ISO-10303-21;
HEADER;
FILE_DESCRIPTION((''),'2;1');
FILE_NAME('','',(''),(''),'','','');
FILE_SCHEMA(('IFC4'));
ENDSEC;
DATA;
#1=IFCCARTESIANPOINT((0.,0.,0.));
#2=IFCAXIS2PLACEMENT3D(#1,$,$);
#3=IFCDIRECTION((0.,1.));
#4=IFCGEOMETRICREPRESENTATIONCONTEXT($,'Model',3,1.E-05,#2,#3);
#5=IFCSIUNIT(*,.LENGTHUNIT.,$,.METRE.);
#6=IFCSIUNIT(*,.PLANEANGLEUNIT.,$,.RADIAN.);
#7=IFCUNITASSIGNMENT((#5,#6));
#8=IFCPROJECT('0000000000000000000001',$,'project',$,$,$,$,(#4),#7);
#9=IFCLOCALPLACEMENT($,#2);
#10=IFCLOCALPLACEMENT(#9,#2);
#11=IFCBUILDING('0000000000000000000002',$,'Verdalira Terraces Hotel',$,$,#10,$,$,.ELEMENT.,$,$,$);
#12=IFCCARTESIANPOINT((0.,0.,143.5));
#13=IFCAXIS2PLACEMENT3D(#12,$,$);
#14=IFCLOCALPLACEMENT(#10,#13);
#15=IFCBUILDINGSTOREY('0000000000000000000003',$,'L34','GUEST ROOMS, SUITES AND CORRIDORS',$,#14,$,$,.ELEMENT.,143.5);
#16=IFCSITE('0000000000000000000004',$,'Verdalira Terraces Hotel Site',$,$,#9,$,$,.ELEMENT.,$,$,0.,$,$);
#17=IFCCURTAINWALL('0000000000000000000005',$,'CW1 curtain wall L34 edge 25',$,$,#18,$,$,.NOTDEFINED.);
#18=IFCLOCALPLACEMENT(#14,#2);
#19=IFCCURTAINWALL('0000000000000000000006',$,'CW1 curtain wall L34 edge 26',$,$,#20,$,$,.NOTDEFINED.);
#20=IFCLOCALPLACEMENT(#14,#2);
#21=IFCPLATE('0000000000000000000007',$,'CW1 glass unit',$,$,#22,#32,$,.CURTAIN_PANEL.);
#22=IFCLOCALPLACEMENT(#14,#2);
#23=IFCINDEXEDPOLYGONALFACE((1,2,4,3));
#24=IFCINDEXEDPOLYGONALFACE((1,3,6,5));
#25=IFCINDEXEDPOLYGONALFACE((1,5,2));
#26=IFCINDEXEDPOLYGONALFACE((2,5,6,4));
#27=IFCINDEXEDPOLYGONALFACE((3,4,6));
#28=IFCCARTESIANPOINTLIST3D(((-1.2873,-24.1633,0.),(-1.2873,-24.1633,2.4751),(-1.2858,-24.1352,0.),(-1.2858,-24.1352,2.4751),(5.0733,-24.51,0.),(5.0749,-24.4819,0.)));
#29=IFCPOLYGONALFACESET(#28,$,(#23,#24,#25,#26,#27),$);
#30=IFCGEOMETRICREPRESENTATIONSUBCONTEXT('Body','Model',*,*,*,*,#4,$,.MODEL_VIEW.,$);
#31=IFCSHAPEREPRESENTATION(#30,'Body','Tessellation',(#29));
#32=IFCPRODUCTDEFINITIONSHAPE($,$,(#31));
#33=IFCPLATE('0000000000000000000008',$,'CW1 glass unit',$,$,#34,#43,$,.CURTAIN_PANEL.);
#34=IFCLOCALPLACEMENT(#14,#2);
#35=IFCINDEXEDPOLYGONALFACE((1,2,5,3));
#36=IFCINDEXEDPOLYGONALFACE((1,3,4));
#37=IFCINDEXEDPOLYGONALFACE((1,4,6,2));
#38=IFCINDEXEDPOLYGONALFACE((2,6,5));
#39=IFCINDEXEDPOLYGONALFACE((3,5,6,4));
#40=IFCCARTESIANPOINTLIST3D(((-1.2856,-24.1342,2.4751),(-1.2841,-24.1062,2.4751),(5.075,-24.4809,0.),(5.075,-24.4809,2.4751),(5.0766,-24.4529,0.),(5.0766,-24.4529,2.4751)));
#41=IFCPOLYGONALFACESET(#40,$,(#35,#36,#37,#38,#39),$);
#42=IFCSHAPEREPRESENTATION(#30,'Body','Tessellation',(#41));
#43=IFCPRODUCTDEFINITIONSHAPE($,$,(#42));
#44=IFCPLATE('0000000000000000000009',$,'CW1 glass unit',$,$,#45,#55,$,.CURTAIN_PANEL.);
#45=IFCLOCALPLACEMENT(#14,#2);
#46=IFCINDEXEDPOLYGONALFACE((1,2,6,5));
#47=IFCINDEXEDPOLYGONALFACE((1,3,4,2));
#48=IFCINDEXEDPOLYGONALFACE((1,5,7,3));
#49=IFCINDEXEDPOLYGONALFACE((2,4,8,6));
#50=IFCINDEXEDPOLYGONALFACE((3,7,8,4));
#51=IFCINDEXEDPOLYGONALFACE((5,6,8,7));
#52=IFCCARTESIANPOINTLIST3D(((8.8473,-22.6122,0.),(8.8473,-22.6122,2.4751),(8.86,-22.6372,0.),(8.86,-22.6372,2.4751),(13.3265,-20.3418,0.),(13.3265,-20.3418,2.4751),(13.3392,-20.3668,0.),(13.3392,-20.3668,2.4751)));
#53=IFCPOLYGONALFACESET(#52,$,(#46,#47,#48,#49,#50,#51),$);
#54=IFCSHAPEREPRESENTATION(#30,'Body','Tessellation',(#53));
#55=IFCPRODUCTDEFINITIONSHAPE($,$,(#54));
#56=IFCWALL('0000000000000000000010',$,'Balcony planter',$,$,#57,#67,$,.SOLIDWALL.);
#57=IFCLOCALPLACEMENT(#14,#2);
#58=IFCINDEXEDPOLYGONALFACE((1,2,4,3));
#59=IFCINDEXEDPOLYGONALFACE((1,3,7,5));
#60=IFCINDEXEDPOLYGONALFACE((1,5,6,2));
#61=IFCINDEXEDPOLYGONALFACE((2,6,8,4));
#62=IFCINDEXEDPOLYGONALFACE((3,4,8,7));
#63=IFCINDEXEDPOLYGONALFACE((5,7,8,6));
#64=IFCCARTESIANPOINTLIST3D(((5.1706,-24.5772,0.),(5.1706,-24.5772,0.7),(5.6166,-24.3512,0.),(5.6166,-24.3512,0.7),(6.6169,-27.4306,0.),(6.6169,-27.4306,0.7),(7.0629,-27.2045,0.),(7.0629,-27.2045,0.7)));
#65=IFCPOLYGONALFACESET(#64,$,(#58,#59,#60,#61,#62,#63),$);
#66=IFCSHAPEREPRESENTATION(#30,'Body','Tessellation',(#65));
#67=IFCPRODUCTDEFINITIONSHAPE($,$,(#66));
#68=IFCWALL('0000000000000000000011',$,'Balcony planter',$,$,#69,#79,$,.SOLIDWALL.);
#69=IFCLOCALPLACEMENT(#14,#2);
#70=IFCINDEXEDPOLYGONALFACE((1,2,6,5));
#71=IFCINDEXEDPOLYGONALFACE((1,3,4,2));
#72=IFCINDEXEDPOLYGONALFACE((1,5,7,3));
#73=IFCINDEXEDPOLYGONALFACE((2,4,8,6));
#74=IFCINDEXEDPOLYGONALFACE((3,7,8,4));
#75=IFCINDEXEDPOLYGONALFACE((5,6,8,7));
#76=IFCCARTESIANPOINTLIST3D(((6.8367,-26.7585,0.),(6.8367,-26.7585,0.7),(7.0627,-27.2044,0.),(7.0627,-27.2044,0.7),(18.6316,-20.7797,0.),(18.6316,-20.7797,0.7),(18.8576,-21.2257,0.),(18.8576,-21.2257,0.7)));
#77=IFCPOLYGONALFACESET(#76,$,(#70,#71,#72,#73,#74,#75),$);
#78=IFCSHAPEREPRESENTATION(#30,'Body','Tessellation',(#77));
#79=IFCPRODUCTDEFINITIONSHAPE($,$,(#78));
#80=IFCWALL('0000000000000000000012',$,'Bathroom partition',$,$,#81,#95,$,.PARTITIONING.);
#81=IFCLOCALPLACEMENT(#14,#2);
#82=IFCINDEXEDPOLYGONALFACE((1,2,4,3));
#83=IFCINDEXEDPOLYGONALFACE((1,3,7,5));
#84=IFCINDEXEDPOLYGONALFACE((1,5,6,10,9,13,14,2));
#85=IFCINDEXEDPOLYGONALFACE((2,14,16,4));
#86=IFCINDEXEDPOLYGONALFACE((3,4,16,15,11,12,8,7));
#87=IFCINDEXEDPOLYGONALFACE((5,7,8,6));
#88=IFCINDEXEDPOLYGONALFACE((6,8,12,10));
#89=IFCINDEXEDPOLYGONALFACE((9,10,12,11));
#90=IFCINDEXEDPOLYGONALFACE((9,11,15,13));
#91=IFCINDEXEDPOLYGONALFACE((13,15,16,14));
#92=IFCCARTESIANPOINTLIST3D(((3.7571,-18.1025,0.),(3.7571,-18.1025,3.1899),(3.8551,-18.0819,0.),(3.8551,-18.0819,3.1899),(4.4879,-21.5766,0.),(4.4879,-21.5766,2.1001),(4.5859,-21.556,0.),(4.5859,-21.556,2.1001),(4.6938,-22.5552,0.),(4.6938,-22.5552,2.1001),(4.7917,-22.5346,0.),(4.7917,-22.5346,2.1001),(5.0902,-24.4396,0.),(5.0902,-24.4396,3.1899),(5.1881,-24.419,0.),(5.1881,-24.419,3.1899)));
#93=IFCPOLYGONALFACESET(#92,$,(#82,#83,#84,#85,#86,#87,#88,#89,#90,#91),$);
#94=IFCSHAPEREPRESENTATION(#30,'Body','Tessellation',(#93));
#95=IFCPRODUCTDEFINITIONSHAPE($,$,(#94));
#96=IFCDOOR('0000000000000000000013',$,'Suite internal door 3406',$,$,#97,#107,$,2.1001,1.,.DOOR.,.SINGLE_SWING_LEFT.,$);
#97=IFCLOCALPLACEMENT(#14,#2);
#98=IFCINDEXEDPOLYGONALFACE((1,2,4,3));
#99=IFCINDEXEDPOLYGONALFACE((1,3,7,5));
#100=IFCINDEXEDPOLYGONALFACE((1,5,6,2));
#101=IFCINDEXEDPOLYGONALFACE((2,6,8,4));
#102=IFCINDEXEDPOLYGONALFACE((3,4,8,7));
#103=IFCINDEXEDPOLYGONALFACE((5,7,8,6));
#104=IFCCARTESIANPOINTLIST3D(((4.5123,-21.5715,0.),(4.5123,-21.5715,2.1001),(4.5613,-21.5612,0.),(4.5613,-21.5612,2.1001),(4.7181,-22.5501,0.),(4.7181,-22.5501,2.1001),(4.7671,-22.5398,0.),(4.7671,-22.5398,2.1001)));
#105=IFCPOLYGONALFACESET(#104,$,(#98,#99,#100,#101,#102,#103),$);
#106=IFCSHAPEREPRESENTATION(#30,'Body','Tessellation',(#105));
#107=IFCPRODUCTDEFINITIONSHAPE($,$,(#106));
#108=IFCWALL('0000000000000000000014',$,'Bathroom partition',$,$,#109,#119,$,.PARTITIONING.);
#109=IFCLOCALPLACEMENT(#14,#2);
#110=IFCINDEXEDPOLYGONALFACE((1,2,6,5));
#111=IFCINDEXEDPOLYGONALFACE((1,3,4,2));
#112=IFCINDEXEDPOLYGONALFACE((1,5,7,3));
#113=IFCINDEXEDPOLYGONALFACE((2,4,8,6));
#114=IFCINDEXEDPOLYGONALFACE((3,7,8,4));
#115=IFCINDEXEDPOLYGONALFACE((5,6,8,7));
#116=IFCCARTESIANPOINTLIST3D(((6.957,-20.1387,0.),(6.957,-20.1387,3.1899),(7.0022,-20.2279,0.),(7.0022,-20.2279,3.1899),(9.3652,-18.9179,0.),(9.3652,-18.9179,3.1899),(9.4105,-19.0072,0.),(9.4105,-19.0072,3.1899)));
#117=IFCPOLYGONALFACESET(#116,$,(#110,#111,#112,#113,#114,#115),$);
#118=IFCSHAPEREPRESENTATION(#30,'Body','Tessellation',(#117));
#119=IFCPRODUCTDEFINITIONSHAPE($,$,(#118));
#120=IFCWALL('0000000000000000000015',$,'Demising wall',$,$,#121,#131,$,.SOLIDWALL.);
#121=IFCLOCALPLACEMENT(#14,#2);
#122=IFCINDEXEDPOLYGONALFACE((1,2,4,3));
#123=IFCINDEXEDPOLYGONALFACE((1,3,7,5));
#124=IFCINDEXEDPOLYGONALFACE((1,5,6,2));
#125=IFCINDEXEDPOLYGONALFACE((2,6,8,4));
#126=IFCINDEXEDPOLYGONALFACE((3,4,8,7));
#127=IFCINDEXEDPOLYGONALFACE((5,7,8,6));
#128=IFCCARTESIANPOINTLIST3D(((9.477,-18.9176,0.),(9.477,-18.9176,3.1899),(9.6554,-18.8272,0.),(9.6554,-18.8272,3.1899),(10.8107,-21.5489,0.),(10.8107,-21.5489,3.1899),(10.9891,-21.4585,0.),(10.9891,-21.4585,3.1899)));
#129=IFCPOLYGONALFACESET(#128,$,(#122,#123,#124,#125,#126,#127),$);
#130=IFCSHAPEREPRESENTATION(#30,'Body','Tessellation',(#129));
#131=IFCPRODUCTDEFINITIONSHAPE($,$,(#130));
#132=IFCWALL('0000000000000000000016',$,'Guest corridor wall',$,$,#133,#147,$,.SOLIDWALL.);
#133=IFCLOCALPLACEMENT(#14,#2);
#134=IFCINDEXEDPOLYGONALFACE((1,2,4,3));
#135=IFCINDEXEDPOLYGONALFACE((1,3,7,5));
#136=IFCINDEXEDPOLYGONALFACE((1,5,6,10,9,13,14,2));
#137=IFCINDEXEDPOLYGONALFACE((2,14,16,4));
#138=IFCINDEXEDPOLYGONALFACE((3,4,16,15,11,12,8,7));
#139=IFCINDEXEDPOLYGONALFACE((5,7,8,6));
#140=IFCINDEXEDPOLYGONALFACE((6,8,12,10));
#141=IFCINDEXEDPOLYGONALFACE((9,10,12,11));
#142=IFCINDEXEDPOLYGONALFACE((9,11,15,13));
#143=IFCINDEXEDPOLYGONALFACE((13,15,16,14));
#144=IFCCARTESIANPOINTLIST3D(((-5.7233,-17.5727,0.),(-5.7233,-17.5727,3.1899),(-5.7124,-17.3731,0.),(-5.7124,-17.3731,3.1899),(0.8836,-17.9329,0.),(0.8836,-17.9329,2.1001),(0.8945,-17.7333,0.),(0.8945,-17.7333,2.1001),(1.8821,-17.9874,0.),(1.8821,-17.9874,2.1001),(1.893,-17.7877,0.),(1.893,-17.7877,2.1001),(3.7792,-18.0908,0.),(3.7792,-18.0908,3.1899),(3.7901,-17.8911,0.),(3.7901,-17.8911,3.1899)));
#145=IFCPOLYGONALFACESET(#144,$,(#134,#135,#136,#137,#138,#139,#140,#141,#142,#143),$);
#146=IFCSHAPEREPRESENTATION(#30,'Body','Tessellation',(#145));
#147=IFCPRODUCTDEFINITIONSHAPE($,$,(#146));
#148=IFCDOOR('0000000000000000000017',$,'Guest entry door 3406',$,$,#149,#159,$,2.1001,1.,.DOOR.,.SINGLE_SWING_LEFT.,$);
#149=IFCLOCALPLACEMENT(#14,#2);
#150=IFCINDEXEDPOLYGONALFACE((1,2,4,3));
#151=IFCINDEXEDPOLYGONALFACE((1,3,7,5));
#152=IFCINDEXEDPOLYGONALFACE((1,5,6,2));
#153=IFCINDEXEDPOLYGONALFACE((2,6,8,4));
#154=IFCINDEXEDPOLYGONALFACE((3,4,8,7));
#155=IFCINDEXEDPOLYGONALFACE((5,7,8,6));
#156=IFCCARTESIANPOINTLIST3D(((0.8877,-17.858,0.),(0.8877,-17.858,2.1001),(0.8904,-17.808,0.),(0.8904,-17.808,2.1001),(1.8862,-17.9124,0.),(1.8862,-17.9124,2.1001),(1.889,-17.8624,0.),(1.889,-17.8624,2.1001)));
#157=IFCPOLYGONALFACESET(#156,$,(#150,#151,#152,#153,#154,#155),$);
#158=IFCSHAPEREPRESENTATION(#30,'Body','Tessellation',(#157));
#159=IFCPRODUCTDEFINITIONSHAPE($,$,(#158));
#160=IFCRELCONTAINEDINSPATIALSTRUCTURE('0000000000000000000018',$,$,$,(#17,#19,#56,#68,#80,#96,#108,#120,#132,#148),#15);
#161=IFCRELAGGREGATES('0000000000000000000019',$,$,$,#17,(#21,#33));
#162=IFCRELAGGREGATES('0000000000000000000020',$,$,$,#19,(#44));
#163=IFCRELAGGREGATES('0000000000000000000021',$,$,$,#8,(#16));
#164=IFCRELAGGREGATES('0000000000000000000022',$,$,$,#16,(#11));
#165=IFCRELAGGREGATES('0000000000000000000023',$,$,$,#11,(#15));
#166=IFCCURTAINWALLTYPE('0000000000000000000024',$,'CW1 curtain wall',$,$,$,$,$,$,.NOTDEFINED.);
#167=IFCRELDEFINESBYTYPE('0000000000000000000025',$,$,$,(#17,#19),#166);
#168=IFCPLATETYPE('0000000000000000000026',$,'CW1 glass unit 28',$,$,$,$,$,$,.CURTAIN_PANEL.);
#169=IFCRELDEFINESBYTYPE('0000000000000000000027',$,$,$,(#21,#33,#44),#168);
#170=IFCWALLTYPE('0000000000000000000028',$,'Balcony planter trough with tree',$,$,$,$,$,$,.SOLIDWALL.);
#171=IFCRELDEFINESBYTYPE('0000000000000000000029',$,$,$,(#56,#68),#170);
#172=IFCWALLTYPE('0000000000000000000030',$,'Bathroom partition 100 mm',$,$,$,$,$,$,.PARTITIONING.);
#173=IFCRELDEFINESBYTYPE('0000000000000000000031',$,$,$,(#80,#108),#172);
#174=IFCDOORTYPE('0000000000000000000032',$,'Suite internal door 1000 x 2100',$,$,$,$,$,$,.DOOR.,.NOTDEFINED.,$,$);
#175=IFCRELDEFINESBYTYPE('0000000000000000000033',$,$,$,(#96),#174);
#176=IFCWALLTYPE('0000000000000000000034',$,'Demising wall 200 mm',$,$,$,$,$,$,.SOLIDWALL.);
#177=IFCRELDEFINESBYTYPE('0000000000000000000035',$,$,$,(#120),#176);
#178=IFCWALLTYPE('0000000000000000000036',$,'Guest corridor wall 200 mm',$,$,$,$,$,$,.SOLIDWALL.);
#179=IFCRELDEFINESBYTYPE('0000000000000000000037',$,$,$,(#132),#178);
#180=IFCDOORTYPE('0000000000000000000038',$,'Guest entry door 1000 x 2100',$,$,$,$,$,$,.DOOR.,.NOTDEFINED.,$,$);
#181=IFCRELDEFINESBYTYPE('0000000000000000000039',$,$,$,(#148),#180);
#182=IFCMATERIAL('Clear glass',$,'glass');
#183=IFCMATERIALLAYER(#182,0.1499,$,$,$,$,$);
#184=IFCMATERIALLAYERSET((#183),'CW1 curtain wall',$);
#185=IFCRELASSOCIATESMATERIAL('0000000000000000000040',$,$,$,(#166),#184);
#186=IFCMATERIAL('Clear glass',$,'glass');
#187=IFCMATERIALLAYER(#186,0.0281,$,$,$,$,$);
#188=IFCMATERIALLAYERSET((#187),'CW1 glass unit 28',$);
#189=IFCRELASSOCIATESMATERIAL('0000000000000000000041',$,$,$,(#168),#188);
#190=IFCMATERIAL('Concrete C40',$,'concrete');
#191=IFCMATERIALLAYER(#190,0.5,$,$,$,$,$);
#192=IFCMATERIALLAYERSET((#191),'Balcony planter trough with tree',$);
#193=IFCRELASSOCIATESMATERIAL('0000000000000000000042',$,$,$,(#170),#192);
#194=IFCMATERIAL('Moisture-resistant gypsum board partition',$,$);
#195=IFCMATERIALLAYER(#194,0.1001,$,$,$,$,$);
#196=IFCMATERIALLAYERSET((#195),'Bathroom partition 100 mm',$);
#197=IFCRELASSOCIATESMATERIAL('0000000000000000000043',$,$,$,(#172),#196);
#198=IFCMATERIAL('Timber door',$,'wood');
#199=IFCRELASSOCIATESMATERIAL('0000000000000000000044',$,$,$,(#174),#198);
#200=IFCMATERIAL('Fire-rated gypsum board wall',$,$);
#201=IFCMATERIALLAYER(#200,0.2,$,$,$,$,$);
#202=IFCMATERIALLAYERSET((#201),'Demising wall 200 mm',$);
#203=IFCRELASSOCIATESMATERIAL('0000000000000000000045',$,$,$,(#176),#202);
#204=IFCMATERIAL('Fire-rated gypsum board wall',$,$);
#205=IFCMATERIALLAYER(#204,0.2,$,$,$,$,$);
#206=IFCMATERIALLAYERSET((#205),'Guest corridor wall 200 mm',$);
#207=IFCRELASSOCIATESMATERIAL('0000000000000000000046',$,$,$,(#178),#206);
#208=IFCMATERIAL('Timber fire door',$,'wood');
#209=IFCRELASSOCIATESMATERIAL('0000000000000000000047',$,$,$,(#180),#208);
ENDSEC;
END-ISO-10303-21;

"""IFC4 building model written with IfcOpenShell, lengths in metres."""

from ifc_helpers import new_model, si_unit, direction, frame, frame_2d, origin, origin_2d, place, context, subcontext, project, spatial, polyline, rectangle, outline, extrude, material, layer, layer_set, type_object, element, fill, aggregate, save


model = new_model("IFC4")

# Units and contexts
model_context = context("Model", 3, precision=1e-05, world=origin(), true_north=direction((0.0, 1.0)))
body_context = subcontext(model_context, "Body", "Model", "MODEL_VIEW")
ifc_project = project(units=[si_unit("LENGTHUNIT", "METRE"), si_unit("PLANEANGLEUNIT", "RADIAN")], contexts=[model_context])

# Site, building, storey
site_placement = place(None, origin())
site = spatial("IfcSite", under=ifc_project, at=site_placement, Name="Verdalira Terraces Hotel Site", CompositionType="ELEMENT", RefElevation=0.0)
building_placement = place(site_placement, origin())
building = spatial("IfcBuilding", under=site, at=building_placement, Name="Verdalira Terraces Hotel", CompositionType="ELEMENT")
storey_placement = place(building_placement, frame((0.0, 0.0, 143.5)))
storey = spatial("IfcBuildingStorey", under=building, at=storey_placement, Name="L34", Description="GUEST ROOMS, SUITES AND CORRIDORS", CompositionType="ELEMENT", Elevation=143.5)

# Curtain wall
ifc_material_1 = material(Name="Clear glass", Category="glass")
ifc_layer_1 = layer(ifc_material_1, 0.1499)
ifc_layer_set_1 = layer_set([ifc_layer_1], Name="CW1 curtain wall")
curtain_wall_type = type_object("IfcCurtainWallType", Name="CW1 curtain wall", PredefinedType="NOTDEFINED", material=ifc_layer_set_1)
curtain_wall_1_placement = place(storey_placement, origin())
curtain_wall_1 = element("IfcCurtainWall", 1, at=curtain_wall_1_placement, inside=storey, type_object=curtain_wall_type, Name="CW1 curtain wall L34 edge 25", PredefinedType="NOTDEFINED")

# Curtain wall
curtain_wall_2_placement = place(storey_placement, origin())
curtain_wall_2 = element("IfcCurtainWall", 2, at=curtain_wall_2_placement, inside=storey, type_object=curtain_wall_type, Name="CW1 curtain wall L34 edge 26", PredefinedType="NOTDEFINED")

# Plates
ifc_material_2 = material(Name="Clear glass", Category="glass")
ifc_layer_2 = layer(ifc_material_2, 0.0281)
ifc_layer_set_2 = layer_set([ifc_layer_2], Name="CW1 glass unit 28")
plate_type = type_object("IfcPlateType", Name="CW1 glass unit 28", PredefinedType="CURTAIN_PANEL", material=ifc_layer_set_2)
plate_1_placement = place(storey_placement, frame((1.8945, -24.3086, 1.2375), z_axis=(-0.054427, -0.998518, 0.0), x_axis=(0.998518, -0.054427, 0.0)))
plate_1 = element("IfcPlate", 3, at=plate_1_placement, type_object=plate_type, Name="CW1 glass unit", PredefinedType="CURTAIN_PANEL", context=body_context, shape_type="SweptSolid", body=[
    extrude(outline(polyline([(-3.1851, -1.2375), (3.1851, -1.2375), (-3.1851, 1.2375), (-3.1851, -1.2375)])), origin(), (0.0, 0.0, 1.0), 0.0281),
])
plate_2_placement = place(storey_placement, frame((1.8962, -24.2795, 1.2375), z_axis=(-0.054427, -0.998518, 0.0), x_axis=(0.998518, -0.054427, 0.0)))
plate_2 = element("IfcPlate", 4, at=plate_2_placement, type_object=plate_type, Name="CW1 glass unit", PredefinedType="CURTAIN_PANEL", context=body_context, shape_type="SweptSolid", body=[
    extrude(outline(polyline([(3.1851, -1.2375), (3.1851, 1.2375), (-3.1851, 1.2375), (3.1851, -1.2375)])), origin(), (0.0, 0.0, 1.0), 0.0281),
])
aggregate(curtain_wall_1, [plate_1, plate_2])
plate_3_placement = place(storey_placement, frame((11.0933, -21.4895, 0.0), z_axis=(0.0, 0.0, 1.0), x_axis=(0.891955, 0.452123, 0.0)))
plate_3 = element("IfcPlate", 5, at=plate_3_placement, type_object=plate_type, Name="CW1 glass unit", PredefinedType="CURTAIN_PANEL", context=body_context, shape_type="SweptSolid", body=[
    extrude(rectangle(XDim=5.0217, YDim=0.0281, at=origin_2d()), origin(), (0.0, 0.0, 1.0), 2.4751),
])
aggregate(curtain_wall_2, [plate_3])

# Walls
ifc_material_3 = material(Name="Concrete C40", Category="concrete")
ifc_layer_3 = layer(ifc_material_3, 0.5)
ifc_layer_set_3 = layer_set([ifc_layer_3], Name="Balcony planter trough with tree")
wall_type_1 = type_object("IfcWallType", Name="Balcony planter trough with tree", PredefinedType="SOLIDWALL", material=ifc_layer_set_3)
wall_1_placement = place(storey_placement, frame((5.3936, -24.4641, 0.0), z_axis=(0.0, 0.0, 1.0), x_axis=(0.452122, -0.891956, 0.0)))
element("IfcWall", 6, at=wall_1_placement, inside=storey, type_object=wall_type_1, Name="Balcony planter", PredefinedType="SOLIDWALL", context=body_context, shape_type="SweptSolid", body=[
    extrude(rectangle(XDim=3.199, YDim=0.5, at=frame_2d((1.5996, 0.0))), origin(), (0.0, 0.0, 1.0), 0.7),
])
wall_2_placement = place(storey_placement, frame((6.9497, -26.9814, 0.0), z_axis=(0.0, 0.0, 1.0), x_axis=(0.891954, 0.452125, 0.0)))
element("IfcWall", 7, at=wall_2_placement, inside=storey, type_object=wall_type_1, Name="Balcony planter", PredefinedType="SOLIDWALL", context=body_context, shape_type="SweptSolid", body=[
    extrude(rectangle(XDim=13.2236, YDim=0.5, at=frame_2d((6.6118, 0.0))), origin(), (0.0, 0.0, 1.0), 0.7),
])

# Wall, opening, door
ifc_material_4 = material(Name="Moisture-resistant gypsum board partition")
ifc_layer_4 = layer(ifc_material_4, 0.1001)
ifc_layer_set_4 = layer_set([ifc_layer_4], Name="Bathroom partition 100 mm")
wall_type_2 = type_object("IfcWallType", Name="Bathroom partition 100 mm", PredefinedType="PARTITIONING", material=ifc_layer_set_4)
wall_3_placement = place(storey_placement, frame((3.8062, -18.0923, 0.0), z_axis=(0.0, 0.0, 1.0), x_axis=(0.205843, -0.978585, 0.0)))
wall_3 = element("IfcWall", 8, at=wall_3_placement, inside=storey, type_object=wall_type_2, Name="Bathroom partition", PredefinedType="PARTITIONING", context=body_context, shape_type="SweptSolid", body=[
    extrude(rectangle(XDim=6.4758, YDim=0.1001, at=frame_2d((3.2378, 0.0))), origin(), (0.0, 0.0, 1.0), 3.1899),
])
opening_1_placement = place(wall_3_placement, frame((3.55, 0.0, 0.0)))
opening_1 = element("IfcOpeningElement", 9, at=opening_1_placement, cuts=wall_3, PredefinedType="OPENING", context=body_context, shape_type="SweptSolid", body=[
    extrude(rectangle(XDim=1.0, YDim=2.1001, at=frame_2d((0.5, 1.05))), frame((0.0, 0.0601, 0.0), z_axis=(0.0, -1.0, 0.0), x_axis=(1.0, 0.0, 0.0)), (0.0, 0.0, 1.0), 0.1201),
])
ifc_material_5 = material(Name="Timber door", Category="wood")
door_type_1 = type_object("IfcDoorType", Name="Suite internal door 1000 x 2100", OperationType="NOTDEFINED", PredefinedType="DOOR", material=ifc_material_5)
door_1_placement = place(opening_1_placement, origin())
door_1 = element("IfcDoor", 10, at=door_1_placement, inside=storey, type_object=door_type_1, Name="Suite internal door 3406", OperationType="SINGLE_SWING_LEFT", OverallHeight=2.1001, OverallWidth=1.0, PredefinedType="DOOR", context=body_context, shape_type="SweptSolid", body=[
    extrude(rectangle(XDim=1.0, YDim=2.1001, at=frame_2d((0.5, 1.05))), frame((0.0, 0.0249, 0.0), z_axis=(0.0, -1.0, 0.0), x_axis=(1.0, 0.0, 0.0)), (0.0, 0.0, 1.0), 0.05),
])
fill(opening_1, door_1)

# Walls
wall_4_placement = place(storey_placement, frame((6.9795, -20.1834, 0.0), z_axis=(0.0, 0.0, 1.0), x_axis=(0.891954, 0.452126, 0.0)))
element("IfcWall", 11, at=wall_4_placement, inside=storey, type_object=wall_type_2, Name="Bathroom partition", PredefinedType="PARTITIONING", context=body_context, shape_type="SweptSolid", body=[
    extrude(rectangle(XDim=2.7, YDim=0.1001, at=frame_2d((1.3501, 0.0))), origin(), (0.0, 0.0, 1.0), 3.1899),
])
ifc_material_6 = material(Name="Fire-rated gypsum board wall")
ifc_layer_5 = layer(ifc_material_6, 0.2)
ifc_layer_set_5 = layer_set([ifc_layer_5], Name="Demising wall 200 mm")
wall_type_3 = type_object("IfcWallType", Name="Demising wall 200 mm", PredefinedType="SOLIDWALL", material=ifc_layer_set_5)
wall_5_placement = place(storey_placement, frame((9.5662, -18.8723, 0.0), z_axis=(0.0, 0.0, 1.0), x_axis=(0.452106, -0.891964, 0.0)))
element("IfcWall", 12, at=wall_5_placement, inside=storey, type_object=wall_type_3, Name="Demising wall", PredefinedType="SOLIDWALL", context=body_context, shape_type="SweptSolid", body=[
    extrude(rectangle(XDim=2.95, YDim=0.2, at=frame_2d((1.4751, 0.0))), origin(), (0.0, 0.0, 1.0), 3.1899),
])

# Wall, opening, door
ifc_material_7 = material(Name="Fire-rated gypsum board wall")
ifc_layer_6 = layer(ifc_material_7, 0.2)
ifc_layer_set_6 = layer_set([ifc_layer_6], Name="Guest corridor wall 200 mm")
wall_type_4 = type_object("IfcWallType", Name="Guest corridor wall 200 mm", PredefinedType="SOLIDWALL", material=ifc_layer_set_6)
wall_6_placement = place(storey_placement, frame((3.7847, -17.991, 0.0), z_axis=(0.0, 0.0, 1.0), x_axis=(-0.998517, 0.054438, 0.0)))
wall_6 = element("IfcWall", 13, at=wall_6_placement, inside=storey, type_object=wall_type_4, Name="Guest corridor wall", PredefinedType="SOLIDWALL", context=body_context, shape_type="SweptSolid", body=[
    extrude(rectangle(XDim=9.5166, YDim=0.2, at=frame_2d((4.7583, 0.0))), origin(), (0.0, 0.0, 1.0), 3.1899),
])
opening_2_placement = place(wall_6_placement, frame((1.8999, 0.0, 0.0)))
opening_2 = element("IfcOpeningElement", 14, at=opening_2_placement, cuts=wall_6, PredefinedType="OPENING", context=body_context, shape_type="SweptSolid", body=[
    extrude(rectangle(XDim=1.0, YDim=2.1001, at=frame_2d((0.5, 1.05))), frame((0.0, 0.1099, 0.0), z_axis=(0.0, -1.0, 0.0), x_axis=(1.0, 0.0, 0.0)), (0.0, 0.0, 1.0), 0.22),
])
ifc_material_8 = material(Name="Timber fire door", Category="wood")
door_type_2 = type_object("IfcDoorType", Name="Guest entry door 1000 x 2100", OperationType="NOTDEFINED", PredefinedType="DOOR", material=ifc_material_8)
door_2_placement = place(opening_2_placement, origin())
door_2 = element("IfcDoor", 15, at=door_2_placement, inside=storey, type_object=door_type_2, Name="Guest entry door 3406", OperationType="SINGLE_SWING_LEFT", OverallHeight=2.1001, OverallWidth=1.0, PredefinedType="DOOR", context=body_context, shape_type="SweptSolid", body=[
    extrude(rectangle(XDim=1.0, YDim=2.1001, at=frame_2d((0.5, 1.05))), frame((0.0, 0.0249, 0.0), z_axis=(0.0, -1.0, 0.0), x_axis=(1.0, 0.0, 0.0)), (0.0, 0.0, 1.0), 0.05),
])
fill(opening_2, door_2)

save(model, "model.ifc")
